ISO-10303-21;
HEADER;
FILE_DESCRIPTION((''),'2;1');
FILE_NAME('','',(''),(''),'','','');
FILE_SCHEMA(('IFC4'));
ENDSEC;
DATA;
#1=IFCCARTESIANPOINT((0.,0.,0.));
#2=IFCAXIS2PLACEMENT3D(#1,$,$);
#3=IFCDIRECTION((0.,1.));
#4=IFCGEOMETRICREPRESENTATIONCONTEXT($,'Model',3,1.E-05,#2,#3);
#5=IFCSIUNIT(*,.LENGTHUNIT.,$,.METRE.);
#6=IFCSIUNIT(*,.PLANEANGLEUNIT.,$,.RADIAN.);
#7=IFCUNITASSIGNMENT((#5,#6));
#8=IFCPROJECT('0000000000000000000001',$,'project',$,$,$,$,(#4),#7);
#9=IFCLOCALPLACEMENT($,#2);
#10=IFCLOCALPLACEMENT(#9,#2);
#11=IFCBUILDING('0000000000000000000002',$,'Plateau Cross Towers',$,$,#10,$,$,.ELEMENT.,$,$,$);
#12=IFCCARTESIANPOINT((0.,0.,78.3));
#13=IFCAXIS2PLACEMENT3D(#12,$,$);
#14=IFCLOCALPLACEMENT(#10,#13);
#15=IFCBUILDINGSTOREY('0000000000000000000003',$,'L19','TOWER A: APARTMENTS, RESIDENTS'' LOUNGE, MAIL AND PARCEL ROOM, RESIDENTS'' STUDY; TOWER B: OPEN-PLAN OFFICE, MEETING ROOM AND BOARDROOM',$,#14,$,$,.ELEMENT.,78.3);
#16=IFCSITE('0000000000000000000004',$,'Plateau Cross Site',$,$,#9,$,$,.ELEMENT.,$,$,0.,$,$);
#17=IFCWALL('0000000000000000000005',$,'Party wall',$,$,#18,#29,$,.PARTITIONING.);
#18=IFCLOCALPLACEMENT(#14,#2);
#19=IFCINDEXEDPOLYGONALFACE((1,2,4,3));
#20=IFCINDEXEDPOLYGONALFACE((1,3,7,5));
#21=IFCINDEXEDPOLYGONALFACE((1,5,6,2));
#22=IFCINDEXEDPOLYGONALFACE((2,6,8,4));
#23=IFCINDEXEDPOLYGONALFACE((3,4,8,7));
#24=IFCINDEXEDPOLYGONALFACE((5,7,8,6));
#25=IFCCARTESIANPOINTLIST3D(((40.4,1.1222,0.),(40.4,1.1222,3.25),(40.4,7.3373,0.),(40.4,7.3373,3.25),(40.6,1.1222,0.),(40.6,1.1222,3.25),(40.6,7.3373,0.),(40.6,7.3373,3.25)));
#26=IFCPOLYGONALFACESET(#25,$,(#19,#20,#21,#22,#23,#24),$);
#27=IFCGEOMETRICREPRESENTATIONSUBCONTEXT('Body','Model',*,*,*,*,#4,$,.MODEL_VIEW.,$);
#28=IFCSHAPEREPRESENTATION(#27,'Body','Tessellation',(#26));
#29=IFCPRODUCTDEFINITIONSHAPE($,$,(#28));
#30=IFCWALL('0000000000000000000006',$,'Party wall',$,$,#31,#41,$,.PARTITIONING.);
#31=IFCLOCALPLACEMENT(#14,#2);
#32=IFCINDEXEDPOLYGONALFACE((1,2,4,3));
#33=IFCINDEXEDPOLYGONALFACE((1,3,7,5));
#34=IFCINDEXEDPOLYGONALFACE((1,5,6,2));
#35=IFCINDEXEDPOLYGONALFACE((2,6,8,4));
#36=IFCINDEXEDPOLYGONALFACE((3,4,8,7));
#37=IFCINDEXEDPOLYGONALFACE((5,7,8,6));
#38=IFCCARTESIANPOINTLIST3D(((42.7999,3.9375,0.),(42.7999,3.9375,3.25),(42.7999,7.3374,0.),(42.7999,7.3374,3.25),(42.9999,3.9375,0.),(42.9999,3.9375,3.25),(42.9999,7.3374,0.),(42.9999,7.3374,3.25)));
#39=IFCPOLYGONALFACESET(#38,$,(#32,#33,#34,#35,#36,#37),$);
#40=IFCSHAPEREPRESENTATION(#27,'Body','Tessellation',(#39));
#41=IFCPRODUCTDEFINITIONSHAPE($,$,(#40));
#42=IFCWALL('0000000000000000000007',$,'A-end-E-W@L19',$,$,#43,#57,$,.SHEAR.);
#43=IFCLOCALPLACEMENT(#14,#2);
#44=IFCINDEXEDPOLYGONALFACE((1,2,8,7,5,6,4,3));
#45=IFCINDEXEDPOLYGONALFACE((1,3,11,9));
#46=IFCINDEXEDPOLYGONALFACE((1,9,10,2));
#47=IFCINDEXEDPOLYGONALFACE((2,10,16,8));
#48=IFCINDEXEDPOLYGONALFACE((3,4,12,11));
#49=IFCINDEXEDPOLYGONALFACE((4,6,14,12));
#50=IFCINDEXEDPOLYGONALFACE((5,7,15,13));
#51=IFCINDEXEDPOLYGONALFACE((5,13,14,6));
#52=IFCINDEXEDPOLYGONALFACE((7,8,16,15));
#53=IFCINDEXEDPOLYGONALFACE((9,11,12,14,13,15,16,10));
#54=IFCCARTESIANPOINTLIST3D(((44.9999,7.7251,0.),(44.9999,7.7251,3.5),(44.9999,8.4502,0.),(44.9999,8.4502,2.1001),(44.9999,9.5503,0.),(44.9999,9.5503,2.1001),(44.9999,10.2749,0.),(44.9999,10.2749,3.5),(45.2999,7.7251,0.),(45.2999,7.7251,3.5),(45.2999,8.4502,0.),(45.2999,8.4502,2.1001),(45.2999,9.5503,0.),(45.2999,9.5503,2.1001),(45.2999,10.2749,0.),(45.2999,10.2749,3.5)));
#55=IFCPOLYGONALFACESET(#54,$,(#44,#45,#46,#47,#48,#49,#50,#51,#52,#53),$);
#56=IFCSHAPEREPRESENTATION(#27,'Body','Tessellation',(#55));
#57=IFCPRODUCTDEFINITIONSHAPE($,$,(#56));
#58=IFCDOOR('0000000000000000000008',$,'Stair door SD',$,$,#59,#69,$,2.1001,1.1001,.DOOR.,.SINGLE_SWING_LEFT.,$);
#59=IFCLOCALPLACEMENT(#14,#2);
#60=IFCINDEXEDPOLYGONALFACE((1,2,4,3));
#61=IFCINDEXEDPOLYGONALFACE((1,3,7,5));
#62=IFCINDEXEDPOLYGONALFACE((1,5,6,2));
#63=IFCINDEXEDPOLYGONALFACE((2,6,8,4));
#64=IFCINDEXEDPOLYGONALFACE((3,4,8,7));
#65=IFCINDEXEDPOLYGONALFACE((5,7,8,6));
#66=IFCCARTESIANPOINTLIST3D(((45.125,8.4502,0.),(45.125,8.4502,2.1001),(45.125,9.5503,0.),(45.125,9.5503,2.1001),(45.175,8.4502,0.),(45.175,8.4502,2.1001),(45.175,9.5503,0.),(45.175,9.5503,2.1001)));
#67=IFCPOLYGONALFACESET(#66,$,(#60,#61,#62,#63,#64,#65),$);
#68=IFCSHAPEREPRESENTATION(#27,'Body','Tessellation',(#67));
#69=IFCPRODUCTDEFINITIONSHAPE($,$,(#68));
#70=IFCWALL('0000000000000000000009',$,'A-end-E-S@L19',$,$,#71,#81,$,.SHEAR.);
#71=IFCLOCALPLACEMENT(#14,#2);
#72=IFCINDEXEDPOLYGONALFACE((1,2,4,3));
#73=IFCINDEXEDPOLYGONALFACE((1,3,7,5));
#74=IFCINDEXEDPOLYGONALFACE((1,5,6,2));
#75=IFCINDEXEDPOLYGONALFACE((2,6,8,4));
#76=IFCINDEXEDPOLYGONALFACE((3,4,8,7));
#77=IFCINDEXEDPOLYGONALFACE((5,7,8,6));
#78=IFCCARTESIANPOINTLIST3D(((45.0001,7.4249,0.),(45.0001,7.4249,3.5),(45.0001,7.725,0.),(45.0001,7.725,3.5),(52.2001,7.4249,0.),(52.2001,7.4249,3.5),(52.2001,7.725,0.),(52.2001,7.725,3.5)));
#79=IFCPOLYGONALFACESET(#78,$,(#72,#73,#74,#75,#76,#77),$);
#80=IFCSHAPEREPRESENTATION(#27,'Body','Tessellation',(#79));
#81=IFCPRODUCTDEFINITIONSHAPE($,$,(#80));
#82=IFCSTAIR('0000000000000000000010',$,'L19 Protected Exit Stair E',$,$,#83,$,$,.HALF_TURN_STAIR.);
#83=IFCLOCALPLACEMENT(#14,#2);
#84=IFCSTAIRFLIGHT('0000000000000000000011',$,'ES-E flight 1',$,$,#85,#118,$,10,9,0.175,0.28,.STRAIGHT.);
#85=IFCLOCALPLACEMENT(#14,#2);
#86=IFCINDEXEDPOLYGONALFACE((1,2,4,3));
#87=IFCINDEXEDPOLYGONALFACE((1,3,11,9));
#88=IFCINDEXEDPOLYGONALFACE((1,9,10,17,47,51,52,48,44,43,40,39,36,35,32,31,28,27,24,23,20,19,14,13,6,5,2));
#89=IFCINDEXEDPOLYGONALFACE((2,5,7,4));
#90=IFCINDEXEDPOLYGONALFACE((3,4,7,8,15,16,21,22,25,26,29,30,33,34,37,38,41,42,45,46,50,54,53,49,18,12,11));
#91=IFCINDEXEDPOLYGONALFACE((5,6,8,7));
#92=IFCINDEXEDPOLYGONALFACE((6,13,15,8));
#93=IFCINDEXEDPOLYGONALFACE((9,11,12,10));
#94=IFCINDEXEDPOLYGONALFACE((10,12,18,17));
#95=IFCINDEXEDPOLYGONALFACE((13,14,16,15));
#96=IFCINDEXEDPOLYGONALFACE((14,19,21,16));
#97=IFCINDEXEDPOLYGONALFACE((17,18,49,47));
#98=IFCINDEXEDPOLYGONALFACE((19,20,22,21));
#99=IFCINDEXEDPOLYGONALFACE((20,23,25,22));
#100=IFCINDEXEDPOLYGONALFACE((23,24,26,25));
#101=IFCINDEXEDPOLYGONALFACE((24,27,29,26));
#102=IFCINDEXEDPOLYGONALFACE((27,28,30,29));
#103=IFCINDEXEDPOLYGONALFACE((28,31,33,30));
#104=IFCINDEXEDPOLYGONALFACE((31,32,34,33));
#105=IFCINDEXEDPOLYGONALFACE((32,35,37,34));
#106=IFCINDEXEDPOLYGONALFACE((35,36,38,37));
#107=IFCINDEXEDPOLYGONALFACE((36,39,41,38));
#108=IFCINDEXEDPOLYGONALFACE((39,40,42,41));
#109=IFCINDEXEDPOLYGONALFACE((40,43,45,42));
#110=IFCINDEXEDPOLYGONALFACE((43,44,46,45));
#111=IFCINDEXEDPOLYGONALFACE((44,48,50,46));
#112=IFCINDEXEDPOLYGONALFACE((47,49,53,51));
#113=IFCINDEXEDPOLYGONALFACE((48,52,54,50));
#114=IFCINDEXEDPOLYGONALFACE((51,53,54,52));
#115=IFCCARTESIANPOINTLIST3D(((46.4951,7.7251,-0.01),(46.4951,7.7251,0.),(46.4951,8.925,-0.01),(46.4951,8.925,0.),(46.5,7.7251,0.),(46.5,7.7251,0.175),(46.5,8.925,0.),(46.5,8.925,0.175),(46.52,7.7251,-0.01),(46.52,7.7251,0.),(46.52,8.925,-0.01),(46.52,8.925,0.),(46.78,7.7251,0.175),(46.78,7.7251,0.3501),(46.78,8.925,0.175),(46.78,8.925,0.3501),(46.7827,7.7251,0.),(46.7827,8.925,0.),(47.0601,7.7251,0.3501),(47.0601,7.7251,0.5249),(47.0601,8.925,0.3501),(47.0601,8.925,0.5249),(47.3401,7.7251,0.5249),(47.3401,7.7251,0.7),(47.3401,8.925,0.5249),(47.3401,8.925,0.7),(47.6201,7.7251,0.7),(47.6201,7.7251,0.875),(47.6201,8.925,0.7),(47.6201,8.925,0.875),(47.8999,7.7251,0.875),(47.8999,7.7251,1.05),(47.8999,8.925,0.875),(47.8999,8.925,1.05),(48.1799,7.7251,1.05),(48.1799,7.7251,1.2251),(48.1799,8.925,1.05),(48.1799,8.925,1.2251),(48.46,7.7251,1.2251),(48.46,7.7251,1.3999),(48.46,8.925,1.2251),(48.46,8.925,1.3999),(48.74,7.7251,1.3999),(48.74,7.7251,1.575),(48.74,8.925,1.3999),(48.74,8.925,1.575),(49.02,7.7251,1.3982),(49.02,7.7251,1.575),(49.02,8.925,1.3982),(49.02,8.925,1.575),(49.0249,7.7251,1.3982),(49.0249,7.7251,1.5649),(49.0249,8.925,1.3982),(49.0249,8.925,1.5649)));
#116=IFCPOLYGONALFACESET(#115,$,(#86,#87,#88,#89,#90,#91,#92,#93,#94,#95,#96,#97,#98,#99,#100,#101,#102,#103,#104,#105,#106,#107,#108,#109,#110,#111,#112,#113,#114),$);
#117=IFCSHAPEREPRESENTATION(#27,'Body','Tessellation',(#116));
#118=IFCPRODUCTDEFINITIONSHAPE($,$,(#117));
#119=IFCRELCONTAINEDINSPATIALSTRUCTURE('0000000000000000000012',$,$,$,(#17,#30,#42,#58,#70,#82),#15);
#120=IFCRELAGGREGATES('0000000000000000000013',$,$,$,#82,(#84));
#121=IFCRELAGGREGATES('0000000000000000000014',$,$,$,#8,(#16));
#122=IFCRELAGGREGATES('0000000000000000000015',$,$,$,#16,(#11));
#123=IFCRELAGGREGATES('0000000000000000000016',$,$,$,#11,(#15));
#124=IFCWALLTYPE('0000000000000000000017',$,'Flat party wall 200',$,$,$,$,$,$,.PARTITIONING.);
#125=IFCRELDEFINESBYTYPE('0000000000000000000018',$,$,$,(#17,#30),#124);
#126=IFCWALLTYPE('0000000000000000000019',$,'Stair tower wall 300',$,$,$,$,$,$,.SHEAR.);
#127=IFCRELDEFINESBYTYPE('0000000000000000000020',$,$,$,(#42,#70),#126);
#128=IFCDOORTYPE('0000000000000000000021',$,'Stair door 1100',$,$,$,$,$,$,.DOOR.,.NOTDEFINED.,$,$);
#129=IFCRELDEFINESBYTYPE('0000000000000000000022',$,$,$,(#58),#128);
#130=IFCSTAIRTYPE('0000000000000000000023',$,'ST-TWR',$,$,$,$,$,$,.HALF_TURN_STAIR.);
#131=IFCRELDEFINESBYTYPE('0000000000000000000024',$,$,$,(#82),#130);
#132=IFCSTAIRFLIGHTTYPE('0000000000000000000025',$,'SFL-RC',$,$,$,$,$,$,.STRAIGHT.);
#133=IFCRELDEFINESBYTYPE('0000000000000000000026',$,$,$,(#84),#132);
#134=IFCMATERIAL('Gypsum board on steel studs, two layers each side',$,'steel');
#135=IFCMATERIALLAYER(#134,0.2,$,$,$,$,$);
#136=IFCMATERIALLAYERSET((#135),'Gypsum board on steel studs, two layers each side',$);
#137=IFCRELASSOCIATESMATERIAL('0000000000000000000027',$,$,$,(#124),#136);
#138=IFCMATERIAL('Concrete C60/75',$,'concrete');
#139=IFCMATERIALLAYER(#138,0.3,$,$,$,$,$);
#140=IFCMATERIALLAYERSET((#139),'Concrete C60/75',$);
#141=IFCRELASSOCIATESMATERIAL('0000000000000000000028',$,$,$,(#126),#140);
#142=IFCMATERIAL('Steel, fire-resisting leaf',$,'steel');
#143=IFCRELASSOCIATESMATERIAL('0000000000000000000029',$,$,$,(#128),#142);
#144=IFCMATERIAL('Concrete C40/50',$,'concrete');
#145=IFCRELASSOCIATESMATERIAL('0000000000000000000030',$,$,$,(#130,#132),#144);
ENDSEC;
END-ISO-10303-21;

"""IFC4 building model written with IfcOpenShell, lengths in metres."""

from ifc_helpers import new_model, si_unit, direction, frame, frame_2d, origin, place, context, subcontext, project, spatial, polyline, rectangle, outline, extrude, material, layer, layer_set, type_object, element, fill, aggregate, save


model = new_model("IFC4")

# Units and contexts
model_context = context("Model", 3, precision=1e-05, world=origin(), true_north=direction((0.0, 1.0)))
body_context = subcontext(model_context, "Body", "Model", "MODEL_VIEW")
ifc_project = project(units=[si_unit("LENGTHUNIT", "METRE"), si_unit("PLANEANGLEUNIT", "RADIAN")], contexts=[model_context])

# Site, building, storey
site_placement = place(None, origin())
site = spatial("IfcSite", under=ifc_project, at=site_placement, Name="Plateau Cross Site", CompositionType="ELEMENT", RefElevation=0.0)
building_placement = place(site_placement, origin())
building = spatial("IfcBuilding", under=site, at=building_placement, Name="Plateau Cross Towers", CompositionType="ELEMENT")
storey_placement = place(building_placement, frame((0.0, 0.0, 78.3)))
storey = spatial("IfcBuildingStorey", under=building, at=storey_placement, Name="L19", Description="TOWER A: APARTMENTS, RESIDENTS' LOUNGE, MAIL AND PARCEL ROOM, RESIDENTS' STUDY; TOWER B: OPEN-PLAN OFFICE, MEETING ROOM AND BOARDROOM", CompositionType="ELEMENT", Elevation=78.3)

# Walls
ifc_material_1 = material(Name="Gypsum board on steel studs, two layers each side", Category="steel")
ifc_layer_1 = layer(ifc_material_1, 0.2)
ifc_layer_set_1 = layer_set([ifc_layer_1], Name="Gypsum board on steel studs, two layers each side")
wall_type_1 = type_object("IfcWallType", Name="Flat party wall 200", PredefinedType="PARTITIONING", material=ifc_layer_set_1)
wall_1_placement = place(storey_placement, frame((40.5, 1.1223, 0.0), z_axis=(0.0, 0.0, 1.0), x_axis=(0.0, 1.0, 0.0)))
element("IfcWall", 1, at=wall_1_placement, inside=storey, type_object=wall_type_1, Name="Party wall", PredefinedType="PARTITIONING", context=body_context, shape_type="SweptSolid", body=[
    extrude(rectangle(XDim=6.2151, YDim=0.2, at=frame_2d((3.1074, 0.0))), origin(), (0.0, 0.0, 1.0), 3.25),
])
wall_2_placement = place(storey_placement, frame((42.8999, 3.9375, 0.0), z_axis=(0.0, 0.0, 1.0), x_axis=(0.0, 1.0, 0.0)))
element("IfcWall", 2, at=wall_2_placement, inside=storey, type_object=wall_type_1, Name="Party wall", PredefinedType="PARTITIONING", context=body_context, shape_type="SweptSolid", body=[
    extrude(rectangle(XDim=3.3999, YDim=0.2, at=frame_2d((1.7, 0.0))), origin(), (0.0, 0.0, 1.0), 3.25),
])

# Wall, opening, door
ifc_material_2 = material(Name="Concrete C60/75", Category="concrete")
ifc_layer_2 = layer(ifc_material_2, 0.3)
ifc_layer_set_2 = layer_set([ifc_layer_2], Name="Concrete C60/75")
wall_type_2 = type_object("IfcWallType", Name="Stair tower wall 300", PredefinedType="SHEAR", material=ifc_layer_set_2)
wall_3_placement = place(storey_placement, frame((45.1499, 7.7251, 0.0), z_axis=(0.0, 0.0, 1.0), x_axis=(0.0, 1.0, 0.0)))
wall_3 = element("IfcWall", 3, at=wall_3_placement, inside=storey, type_object=wall_type_2, Name="A-end-E-W@L19", PredefinedType="SHEAR", context=body_context, shape_type="SweptSolid", body=[
    extrude(rectangle(XDim=2.5498, YDim=0.3, at=frame_2d((1.2749, 0.0))), origin(), (0.0, 0.0, 1.0), 3.5),
])
opening_1_placement = place(wall_3_placement, frame((0.7251, 0.0, 0.0)))
opening_1 = element("IfcOpeningElement", 4, at=opening_1_placement, cuts=wall_3, PredefinedType="OPENING", context=body_context, shape_type="SweptSolid", body=[
    extrude(rectangle(XDim=1.1001, YDim=2.1001, at=frame_2d((0.55, 1.05))), frame((0.0, 0.1599, 0.0), z_axis=(0.0, -1.0, 0.0), x_axis=(1.0, 0.0, 0.0)), (0.0, 0.0, 1.0), 0.3201),
])
ifc_material_3 = material(Name="Steel, fire-resisting leaf", Category="steel")
door_type_1 = type_object("IfcDoorType", Name="Stair door 1100", OperationType="NOTDEFINED", PredefinedType="DOOR", material=ifc_material_3)
door_1_placement = place(opening_1_placement, origin())
door_1 = element("IfcDoor", 5, at=door_1_placement, inside=storey, type_object=door_type_1, Name="Stair door SD", OperationType="SINGLE_SWING_LEFT", OverallHeight=2.1001, OverallWidth=1.1001, PredefinedType="DOOR", context=body_context, shape_type="SweptSolid", body=[
    extrude(rectangle(XDim=1.1001, YDim=2.1001, at=frame_2d((0.55, 1.05))), frame((0.0, 0.0249, 0.0), z_axis=(0.0, -1.0, 0.0), x_axis=(1.0, 0.0, 0.0)), (0.0, 0.0, 1.0), 0.05),
])
fill(opening_1, door_1)

# Wall
wall_4_placement = place(storey_placement, frame((45.0, 7.575, 0.0), z_axis=(0.0, 0.0, 1.0), x_axis=(1.0, 0.0, 0.0)))
element("IfcWall", 6, at=wall_4_placement, inside=storey, type_object=wall_type_2, Name="A-end-E-S@L19", PredefinedType="SHEAR", context=body_context, shape_type="SweptSolid", body=[
    extrude(rectangle(XDim=7.2, YDim=0.3, at=frame_2d((3.6001, 0.0))), origin(), (0.0, 0.0, 1.0), 3.5),
])

# Stair, stair flight
ifc_material_4 = material(Name="Concrete C40/50", Category="concrete")
stair_type = type_object("IfcStairType", Name="ST-TWR", PredefinedType="HALF_TURN_STAIR", material=ifc_material_4)
stair_placement = place(storey_placement, origin())
stair = element("IfcStair", 7, at=stair_placement, inside=storey, type_object=stair_type, Name="L19 Protected Exit Stair E", PredefinedType="HALF_TURN_STAIR")
stair_flight_type = type_object("IfcStairFlightType", Name="SFL-RC", PredefinedType="STRAIGHT", material=ifc_material_4)
stair_flight_placement = place(storey_placement, frame((46.5, 8.325, 0.0), z_axis=(0.0, 0.0, 1.0), x_axis=(1.0, 0.0, 0.0)))
stair_flight = element("IfcStairFlight", 8, at=stair_flight_placement, type_object=stair_flight_type, Name="ES-E flight 1", NumberOfRisers=10, NumberOfTreads=9, PredefinedType="STRAIGHT", RiserHeight=0.175, TreadLength=0.28, context=body_context, shape_type="SweptSolid", body=[
    extrude(outline(polyline([(-0.0049, -0.01), (-0.0049, 0.0), (0.0, 0.0), (0.0, 0.175), (0.28, 0.175), (0.28, 0.3501), (0.5601, 0.3501), (0.5601, 0.5249), (0.8401, 0.5249), (0.8401, 0.7), (1.1201, 0.7), (1.1201, 0.875), (1.3999, 0.875), (1.3999, 1.05), (1.6799, 1.05), (1.6799, 1.2251), (1.96, 1.2251), (1.96, 1.3999), (2.24, 1.3999), (2.24, 1.575), (2.52, 1.575), (2.5249, 1.5649), (2.5249, 1.3982), (2.52, 1.3982), (0.2827, 0.0), (0.02, 0.0), (0.02, -0.01), (-0.0049, -0.01)])), frame((0.0, 0.6001, 0.0), z_axis=(0.0, -1.0, 0.0), x_axis=(1.0, 0.0, 0.0)), (0.0, 0.0, 1.0), 1.2),
])
aggregate(stair, [stair_flight])

save(model, "model.ifc")
